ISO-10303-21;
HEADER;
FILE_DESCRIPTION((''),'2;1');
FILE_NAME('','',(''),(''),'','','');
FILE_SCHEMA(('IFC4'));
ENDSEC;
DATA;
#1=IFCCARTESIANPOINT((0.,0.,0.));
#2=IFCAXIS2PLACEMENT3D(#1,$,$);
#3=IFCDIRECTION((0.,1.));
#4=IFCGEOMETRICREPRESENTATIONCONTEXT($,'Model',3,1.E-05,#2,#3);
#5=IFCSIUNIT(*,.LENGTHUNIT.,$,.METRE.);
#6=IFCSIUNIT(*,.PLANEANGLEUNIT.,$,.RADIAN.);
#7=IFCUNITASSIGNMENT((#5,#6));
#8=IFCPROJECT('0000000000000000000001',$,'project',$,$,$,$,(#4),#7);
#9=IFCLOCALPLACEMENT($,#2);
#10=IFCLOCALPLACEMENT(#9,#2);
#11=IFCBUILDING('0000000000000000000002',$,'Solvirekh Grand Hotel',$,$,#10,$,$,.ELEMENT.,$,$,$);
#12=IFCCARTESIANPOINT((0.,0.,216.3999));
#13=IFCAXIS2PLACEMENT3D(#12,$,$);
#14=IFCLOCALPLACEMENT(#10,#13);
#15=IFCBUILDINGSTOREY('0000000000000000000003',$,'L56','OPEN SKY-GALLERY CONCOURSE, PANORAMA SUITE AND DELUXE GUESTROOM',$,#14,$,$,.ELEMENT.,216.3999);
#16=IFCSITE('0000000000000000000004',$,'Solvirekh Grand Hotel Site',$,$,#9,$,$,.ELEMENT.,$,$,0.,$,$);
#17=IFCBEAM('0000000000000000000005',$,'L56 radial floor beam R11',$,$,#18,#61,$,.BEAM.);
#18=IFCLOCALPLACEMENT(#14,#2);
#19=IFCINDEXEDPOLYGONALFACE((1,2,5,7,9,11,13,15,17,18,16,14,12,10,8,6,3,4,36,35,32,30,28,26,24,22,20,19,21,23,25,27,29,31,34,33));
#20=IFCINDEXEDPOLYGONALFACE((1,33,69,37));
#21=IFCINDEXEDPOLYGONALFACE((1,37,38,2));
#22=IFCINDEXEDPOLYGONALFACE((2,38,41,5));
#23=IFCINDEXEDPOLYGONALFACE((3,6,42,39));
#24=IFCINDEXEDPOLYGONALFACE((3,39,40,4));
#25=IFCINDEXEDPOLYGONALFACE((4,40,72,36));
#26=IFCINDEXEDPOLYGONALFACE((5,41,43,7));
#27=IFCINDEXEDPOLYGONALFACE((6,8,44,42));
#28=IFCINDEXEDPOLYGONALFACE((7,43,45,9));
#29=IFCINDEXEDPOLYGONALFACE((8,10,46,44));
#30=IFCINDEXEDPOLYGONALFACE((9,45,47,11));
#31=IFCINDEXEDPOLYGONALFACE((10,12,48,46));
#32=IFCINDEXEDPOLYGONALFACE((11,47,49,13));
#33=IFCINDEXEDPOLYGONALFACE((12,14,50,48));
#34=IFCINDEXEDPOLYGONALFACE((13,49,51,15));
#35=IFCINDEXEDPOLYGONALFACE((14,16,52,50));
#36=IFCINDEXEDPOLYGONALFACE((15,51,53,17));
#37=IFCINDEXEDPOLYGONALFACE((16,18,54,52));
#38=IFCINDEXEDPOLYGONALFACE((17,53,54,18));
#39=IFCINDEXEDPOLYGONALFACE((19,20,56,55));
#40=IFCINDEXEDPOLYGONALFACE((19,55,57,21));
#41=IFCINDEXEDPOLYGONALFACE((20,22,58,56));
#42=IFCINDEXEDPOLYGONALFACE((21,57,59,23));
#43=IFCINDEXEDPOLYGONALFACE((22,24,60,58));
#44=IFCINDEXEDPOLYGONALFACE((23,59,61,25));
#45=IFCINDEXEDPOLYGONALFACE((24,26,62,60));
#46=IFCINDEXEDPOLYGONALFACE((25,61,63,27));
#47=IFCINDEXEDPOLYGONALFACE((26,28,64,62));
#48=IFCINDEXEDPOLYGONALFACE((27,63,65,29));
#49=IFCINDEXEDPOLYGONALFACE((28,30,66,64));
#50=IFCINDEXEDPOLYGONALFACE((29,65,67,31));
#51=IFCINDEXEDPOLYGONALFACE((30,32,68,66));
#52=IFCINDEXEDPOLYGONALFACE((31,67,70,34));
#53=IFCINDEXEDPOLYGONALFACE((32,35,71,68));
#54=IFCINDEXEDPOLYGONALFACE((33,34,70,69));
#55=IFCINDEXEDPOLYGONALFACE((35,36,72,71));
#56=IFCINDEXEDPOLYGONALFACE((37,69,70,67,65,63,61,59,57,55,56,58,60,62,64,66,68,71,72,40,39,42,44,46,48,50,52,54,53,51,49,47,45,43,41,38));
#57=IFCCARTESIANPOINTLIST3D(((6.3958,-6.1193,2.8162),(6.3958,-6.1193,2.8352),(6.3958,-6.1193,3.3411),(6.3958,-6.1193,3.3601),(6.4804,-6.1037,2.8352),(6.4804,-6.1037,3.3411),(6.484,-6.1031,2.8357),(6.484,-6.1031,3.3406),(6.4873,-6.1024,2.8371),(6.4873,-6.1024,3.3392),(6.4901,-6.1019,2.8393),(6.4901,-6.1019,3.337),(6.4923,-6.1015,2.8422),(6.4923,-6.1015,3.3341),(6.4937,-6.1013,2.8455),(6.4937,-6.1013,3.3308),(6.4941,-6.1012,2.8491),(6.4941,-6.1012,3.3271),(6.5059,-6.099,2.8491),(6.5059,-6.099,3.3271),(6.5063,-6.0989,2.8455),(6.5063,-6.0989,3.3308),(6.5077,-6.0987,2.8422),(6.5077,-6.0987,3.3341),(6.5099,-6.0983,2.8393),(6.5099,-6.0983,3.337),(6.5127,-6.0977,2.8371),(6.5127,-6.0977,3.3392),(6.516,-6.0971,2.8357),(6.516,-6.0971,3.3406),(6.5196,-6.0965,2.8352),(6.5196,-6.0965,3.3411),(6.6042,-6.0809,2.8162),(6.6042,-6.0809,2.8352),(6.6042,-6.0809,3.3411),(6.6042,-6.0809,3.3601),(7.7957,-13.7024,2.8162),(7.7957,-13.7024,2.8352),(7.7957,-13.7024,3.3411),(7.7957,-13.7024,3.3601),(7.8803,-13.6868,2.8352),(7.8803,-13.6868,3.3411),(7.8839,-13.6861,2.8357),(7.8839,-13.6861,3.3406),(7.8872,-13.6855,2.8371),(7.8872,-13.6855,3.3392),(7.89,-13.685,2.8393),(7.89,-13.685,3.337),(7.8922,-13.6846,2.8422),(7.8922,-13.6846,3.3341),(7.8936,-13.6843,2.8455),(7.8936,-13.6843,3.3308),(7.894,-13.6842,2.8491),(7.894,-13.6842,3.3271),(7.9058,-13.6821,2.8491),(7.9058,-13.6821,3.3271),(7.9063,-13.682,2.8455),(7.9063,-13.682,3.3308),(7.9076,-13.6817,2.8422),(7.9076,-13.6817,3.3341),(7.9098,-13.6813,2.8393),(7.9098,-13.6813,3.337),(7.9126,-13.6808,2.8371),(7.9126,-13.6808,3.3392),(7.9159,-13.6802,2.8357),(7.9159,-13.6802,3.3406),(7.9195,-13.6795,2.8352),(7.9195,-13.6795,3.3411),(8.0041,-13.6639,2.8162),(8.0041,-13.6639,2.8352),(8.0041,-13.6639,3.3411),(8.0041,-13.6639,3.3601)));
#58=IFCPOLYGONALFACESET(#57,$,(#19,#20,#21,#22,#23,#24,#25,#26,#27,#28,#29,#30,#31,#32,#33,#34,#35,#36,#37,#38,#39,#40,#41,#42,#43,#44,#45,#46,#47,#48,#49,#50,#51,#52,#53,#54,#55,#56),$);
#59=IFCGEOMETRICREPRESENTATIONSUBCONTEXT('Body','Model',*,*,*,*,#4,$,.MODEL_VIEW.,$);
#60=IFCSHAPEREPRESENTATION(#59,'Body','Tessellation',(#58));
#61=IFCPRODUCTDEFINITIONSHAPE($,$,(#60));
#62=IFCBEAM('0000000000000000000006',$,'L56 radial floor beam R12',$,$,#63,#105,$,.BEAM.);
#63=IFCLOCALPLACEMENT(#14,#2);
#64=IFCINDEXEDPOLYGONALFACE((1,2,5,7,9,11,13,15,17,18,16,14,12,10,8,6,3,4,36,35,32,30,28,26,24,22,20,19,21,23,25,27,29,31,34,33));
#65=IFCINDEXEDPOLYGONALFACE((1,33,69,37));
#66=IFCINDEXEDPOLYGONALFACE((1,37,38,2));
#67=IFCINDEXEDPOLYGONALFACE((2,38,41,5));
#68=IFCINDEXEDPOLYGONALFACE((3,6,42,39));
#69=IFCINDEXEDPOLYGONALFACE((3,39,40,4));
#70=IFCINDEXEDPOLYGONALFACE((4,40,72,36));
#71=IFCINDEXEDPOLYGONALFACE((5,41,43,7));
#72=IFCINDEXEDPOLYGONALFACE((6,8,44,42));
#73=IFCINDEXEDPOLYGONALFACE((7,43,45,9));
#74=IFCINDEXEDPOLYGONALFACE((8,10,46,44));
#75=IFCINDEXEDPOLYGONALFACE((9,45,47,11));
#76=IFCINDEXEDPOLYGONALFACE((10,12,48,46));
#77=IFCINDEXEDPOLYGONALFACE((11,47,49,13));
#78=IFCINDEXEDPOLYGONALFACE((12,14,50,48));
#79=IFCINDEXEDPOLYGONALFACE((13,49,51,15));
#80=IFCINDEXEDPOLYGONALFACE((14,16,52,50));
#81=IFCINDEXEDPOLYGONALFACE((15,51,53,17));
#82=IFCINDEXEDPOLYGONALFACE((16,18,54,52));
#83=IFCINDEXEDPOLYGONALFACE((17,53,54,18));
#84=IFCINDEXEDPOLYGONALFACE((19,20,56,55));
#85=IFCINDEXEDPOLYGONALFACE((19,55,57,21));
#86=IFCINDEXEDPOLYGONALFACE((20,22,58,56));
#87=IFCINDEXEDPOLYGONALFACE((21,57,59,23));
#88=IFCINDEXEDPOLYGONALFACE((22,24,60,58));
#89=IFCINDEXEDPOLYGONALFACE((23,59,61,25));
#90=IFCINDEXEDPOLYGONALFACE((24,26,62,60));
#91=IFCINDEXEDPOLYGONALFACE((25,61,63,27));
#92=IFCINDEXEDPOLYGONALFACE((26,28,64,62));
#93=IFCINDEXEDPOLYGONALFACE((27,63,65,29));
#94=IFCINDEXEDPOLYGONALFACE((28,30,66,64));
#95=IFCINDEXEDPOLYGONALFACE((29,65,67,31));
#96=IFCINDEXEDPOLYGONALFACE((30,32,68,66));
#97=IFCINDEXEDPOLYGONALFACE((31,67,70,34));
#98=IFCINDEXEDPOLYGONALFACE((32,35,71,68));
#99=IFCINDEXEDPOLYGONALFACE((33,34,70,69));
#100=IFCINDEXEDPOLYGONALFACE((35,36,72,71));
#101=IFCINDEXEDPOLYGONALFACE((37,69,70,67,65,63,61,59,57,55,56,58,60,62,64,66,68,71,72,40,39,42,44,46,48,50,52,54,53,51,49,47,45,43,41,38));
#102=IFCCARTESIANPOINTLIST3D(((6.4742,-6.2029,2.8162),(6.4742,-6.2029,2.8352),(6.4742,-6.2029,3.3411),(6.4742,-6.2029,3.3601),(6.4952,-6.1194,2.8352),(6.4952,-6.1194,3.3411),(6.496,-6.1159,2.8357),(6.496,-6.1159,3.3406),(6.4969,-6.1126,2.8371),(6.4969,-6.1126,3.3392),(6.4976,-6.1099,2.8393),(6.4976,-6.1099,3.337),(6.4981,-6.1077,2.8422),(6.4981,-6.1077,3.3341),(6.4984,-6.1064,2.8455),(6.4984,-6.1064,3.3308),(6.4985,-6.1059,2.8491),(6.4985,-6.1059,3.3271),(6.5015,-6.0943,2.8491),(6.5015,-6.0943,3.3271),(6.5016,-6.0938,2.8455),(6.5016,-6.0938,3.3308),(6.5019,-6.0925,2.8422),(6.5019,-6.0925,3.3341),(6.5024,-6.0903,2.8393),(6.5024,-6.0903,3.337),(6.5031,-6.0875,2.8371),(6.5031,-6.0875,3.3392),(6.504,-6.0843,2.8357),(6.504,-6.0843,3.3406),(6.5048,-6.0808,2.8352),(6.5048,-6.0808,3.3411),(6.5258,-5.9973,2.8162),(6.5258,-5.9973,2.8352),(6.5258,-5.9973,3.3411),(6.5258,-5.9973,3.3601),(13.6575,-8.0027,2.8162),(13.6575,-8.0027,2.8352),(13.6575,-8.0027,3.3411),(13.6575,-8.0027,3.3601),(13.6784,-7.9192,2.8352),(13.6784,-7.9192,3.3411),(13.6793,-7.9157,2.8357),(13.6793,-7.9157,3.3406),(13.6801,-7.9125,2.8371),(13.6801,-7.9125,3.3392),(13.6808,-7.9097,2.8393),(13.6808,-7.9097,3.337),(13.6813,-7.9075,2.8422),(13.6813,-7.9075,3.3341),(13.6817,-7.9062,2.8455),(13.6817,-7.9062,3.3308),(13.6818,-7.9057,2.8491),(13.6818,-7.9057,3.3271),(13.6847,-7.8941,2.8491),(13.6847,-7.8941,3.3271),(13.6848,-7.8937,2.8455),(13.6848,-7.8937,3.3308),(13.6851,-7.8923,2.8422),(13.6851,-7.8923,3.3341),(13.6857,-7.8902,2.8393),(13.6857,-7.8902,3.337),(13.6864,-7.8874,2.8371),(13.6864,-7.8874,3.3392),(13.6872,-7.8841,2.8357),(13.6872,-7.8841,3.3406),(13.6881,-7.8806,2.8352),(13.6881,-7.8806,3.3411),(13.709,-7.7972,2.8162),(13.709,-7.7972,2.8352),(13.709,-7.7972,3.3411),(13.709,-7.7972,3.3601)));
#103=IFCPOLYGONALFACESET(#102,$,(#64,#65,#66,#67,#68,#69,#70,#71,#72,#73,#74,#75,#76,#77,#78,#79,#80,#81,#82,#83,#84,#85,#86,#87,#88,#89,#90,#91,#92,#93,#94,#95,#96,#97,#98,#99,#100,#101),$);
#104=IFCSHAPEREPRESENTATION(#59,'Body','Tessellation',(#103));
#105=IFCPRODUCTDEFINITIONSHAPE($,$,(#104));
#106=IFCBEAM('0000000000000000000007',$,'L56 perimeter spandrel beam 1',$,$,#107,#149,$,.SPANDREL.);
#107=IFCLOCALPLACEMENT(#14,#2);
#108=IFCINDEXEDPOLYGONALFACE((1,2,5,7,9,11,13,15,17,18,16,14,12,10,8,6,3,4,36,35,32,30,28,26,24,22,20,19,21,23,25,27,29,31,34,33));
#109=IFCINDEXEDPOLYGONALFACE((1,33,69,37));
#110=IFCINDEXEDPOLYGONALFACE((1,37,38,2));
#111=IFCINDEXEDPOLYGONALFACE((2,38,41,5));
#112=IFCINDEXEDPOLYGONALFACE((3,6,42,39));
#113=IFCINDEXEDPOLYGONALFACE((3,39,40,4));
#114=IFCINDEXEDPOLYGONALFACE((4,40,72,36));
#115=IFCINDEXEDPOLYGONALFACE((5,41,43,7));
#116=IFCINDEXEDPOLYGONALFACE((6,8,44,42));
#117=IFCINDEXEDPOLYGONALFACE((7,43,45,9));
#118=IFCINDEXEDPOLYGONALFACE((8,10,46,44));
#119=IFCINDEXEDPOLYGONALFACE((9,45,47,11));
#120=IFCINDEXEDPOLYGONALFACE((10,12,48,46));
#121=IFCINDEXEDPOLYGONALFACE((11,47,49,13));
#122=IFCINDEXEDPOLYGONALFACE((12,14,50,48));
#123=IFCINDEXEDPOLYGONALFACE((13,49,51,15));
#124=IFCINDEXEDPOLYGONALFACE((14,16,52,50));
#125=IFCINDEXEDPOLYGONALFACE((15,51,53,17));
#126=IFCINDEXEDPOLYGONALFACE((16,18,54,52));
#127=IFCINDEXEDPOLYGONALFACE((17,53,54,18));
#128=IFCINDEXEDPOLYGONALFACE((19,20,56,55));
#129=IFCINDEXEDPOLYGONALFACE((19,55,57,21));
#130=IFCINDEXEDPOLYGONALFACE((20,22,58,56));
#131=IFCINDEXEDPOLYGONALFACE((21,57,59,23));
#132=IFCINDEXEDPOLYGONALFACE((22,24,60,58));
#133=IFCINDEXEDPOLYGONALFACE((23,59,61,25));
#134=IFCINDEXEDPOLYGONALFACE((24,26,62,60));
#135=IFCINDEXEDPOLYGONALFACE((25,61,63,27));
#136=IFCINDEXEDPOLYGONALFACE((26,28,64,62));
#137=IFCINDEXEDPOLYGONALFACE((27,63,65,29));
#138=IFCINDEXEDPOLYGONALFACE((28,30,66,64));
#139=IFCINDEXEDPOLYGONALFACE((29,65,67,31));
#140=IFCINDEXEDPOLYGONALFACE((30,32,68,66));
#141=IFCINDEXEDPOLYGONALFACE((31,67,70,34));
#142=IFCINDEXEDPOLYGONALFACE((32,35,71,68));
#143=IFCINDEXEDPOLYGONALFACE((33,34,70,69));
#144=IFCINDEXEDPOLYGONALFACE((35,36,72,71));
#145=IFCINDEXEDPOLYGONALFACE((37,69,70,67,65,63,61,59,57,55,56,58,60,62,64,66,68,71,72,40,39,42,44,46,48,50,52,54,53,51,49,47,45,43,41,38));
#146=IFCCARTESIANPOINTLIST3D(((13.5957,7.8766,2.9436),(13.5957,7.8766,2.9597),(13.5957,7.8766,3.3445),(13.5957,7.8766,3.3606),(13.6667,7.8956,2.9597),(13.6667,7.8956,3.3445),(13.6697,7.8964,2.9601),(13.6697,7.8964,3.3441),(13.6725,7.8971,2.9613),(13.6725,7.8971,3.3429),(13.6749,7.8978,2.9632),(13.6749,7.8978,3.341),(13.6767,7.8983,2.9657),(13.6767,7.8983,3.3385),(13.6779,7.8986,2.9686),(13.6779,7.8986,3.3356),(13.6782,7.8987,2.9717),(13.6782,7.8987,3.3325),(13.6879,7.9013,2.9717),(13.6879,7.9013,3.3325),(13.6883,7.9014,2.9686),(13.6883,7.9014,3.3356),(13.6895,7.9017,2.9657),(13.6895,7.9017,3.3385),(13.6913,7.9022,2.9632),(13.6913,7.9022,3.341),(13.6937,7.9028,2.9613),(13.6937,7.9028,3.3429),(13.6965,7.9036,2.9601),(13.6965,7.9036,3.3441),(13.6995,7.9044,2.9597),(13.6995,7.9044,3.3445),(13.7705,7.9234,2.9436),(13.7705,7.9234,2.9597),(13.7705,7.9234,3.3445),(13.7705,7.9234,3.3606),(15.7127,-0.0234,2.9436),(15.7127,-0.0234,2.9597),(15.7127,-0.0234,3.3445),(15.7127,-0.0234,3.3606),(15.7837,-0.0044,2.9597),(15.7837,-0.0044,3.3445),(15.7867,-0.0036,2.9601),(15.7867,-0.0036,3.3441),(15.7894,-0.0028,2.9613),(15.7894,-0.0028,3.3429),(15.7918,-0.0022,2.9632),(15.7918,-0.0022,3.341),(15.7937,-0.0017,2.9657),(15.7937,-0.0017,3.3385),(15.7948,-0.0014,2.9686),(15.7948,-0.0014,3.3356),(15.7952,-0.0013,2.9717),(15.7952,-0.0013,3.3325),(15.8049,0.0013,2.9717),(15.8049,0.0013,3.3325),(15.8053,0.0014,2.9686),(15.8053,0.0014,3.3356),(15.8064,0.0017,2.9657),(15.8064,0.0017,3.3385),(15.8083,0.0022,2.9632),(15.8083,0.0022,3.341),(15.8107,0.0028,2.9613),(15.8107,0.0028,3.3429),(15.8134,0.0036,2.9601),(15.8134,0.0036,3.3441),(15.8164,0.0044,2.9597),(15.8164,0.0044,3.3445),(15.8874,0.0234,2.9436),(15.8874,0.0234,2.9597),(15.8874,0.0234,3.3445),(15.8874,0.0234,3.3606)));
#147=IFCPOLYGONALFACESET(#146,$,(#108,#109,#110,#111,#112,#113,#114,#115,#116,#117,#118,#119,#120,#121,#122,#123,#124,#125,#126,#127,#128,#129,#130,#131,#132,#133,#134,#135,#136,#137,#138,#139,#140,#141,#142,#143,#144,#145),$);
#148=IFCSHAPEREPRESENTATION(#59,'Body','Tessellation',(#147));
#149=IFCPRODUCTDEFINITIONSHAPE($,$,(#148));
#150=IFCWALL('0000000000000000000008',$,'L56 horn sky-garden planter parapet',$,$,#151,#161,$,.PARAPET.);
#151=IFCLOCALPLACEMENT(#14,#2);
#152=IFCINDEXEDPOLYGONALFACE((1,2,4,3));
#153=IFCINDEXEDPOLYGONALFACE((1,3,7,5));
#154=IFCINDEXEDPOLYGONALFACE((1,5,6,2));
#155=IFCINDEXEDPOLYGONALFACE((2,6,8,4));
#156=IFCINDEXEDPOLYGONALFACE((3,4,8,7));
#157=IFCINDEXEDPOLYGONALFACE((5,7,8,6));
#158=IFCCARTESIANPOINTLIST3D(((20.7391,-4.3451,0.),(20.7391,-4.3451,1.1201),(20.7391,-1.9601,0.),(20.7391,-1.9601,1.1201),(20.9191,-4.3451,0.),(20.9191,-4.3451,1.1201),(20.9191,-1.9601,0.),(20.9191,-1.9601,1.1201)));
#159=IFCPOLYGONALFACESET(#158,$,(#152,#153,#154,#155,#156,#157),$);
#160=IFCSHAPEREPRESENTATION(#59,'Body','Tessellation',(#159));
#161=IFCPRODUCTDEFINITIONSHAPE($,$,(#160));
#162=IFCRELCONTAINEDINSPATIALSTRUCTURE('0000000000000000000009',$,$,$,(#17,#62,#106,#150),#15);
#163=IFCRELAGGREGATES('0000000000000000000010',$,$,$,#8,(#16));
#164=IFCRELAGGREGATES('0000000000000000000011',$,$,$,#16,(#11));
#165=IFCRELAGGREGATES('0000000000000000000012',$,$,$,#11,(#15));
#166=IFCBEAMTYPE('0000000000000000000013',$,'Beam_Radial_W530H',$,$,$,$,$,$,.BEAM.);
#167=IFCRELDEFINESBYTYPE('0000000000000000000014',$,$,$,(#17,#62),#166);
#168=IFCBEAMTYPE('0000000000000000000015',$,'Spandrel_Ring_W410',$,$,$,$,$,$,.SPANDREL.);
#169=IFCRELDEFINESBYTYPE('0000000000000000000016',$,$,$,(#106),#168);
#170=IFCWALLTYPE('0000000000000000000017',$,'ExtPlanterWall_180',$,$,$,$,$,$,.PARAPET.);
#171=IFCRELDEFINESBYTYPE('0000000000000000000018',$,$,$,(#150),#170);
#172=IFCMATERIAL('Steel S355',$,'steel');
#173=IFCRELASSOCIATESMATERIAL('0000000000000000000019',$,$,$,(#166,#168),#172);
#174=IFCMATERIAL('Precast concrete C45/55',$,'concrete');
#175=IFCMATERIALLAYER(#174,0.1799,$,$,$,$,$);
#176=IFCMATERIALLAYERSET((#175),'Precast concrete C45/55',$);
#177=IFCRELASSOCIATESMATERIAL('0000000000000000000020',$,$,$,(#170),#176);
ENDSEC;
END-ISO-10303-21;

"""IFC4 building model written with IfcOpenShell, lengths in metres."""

from ifc_helpers import new_model, si_unit, direction, frame, frame_2d, origin, origin_2d, place, context, subcontext, project, spatial, rectangle, i_section, extrude, material, layer, layer_set, material_profile, profile_set, type_object, element, save


model = new_model("IFC4")

# Units and contexts
model_context = context("Model", 3, precision=1e-05, world=origin(), true_north=direction((0.0, 1.0)))
body_context = subcontext(model_context, "Body", "Model", "MODEL_VIEW")
ifc_project = project(units=[si_unit("LENGTHUNIT", "METRE"), si_unit("PLANEANGLEUNIT", "RADIAN")], contexts=[model_context])

# Site, building, storey
site_placement = place(None, origin())
site = spatial("IfcSite", under=ifc_project, at=site_placement, Name="Solvirekh Grand Hotel Site", CompositionType="ELEMENT", RefElevation=0.0)
building_placement = place(site_placement, origin())
building = spatial("IfcBuilding", under=site, at=building_placement, Name="Solvirekh Grand Hotel", CompositionType="ELEMENT")
storey_placement = place(building_placement, frame((0.0, 0.0, 216.3999)))
storey = spatial("IfcBuildingStorey", under=building, at=storey_placement, Name="L56", Description="OPEN SKY-GALLERY CONCOURSE, PANORAMA SUITE AND DELUXE GUESTROOM", CompositionType="ELEMENT", Elevation=216.3999)

# Beams
ifc_material_1 = material(Name="Steel S355", Category="steel")
ifc_material_profile_1 = material_profile(ifc_material_1, i_section(OverallWidth=0.2119, OverallDepth=0.5439, WebThickness=0.012, FlangeThickness=0.019, FilletRadius=0.0139, at=origin_2d()), Name="W530X123")
ifc_profile_set_1 = profile_set([ifc_material_profile_1], Name="Steel S355")
beam_type_1 = type_object("IfcBeamType", Name="Beam_Radial_W530H", PredefinedType="BEAM", material=ifc_profile_set_1)
beam_1_placement = place(storey_placement, frame((6.5, -6.1001, 3.0881), z_axis=(0.181543, -0.983383, 0.0), x_axis=(0.983383, 0.181543, 0.0)))
element("IfcBeam", 1, at=beam_1_placement, inside=storey, type_object=beam_type_1, Name="L56 radial floor beam R11", PredefinedType="BEAM", context=body_context, shape_type="SweptSolid", body=[
    extrude(i_section(OverallWidth=0.2119, OverallDepth=0.5439, WebThickness=0.012, FlangeThickness=0.019, FilletRadius=0.0139, at=origin_2d()), origin(), (0.0, 0.0, 1.0), 7.7112),
])
beam_2_placement = place(storey_placement, frame((6.5, -6.1001, 3.0881), z_axis=(0.970014, -0.243048, 0.0), x_axis=(0.243048, 0.970014, 0.0)))
element("IfcBeam", 2, at=beam_2_placement, inside=storey, type_object=beam_type_1, Name="L56 radial floor beam R12", PredefinedType="BEAM", context=body_context, shape_type="SweptSolid", body=[
    extrude(i_section(OverallWidth=0.2119, OverallDepth=0.5439, WebThickness=0.012, FlangeThickness=0.019, FilletRadius=0.0139, at=origin_2d()), origin(), (0.0, 0.0, 1.0), 7.4053),
])
ifc_material_profile_2 = material_profile(ifc_material_1, i_section(OverallWidth=0.1809, OverallDepth=0.417, WebThickness=0.01, FlangeThickness=0.0161, FilletRadius=0.012, at=origin_2d()), Name="W410X85")
ifc_profile_set_2 = profile_set([ifc_material_profile_2], Name="Steel S355")
beam_type_2 = type_object("IfcBeamType", Name="Spandrel_Ring_W410", PredefinedType="SPANDREL", material=ifc_profile_set_2)
beam_3_placement = place(storey_placement, frame((15.8, 0.0, 3.1521), z_axis=(-0.258839, 0.965921, 0.0), x_axis=(-0.965921, -0.258839, 0.0)))
element("IfcBeam", 3, at=beam_3_placement, inside=storey, type_object=beam_type_2, Name="L56 perimeter spandrel beam 1", PredefinedType="SPANDREL", context=body_context, shape_type="SweptSolid", body=[
    extrude(i_section(OverallWidth=0.1809, OverallDepth=0.417, WebThickness=0.01, FlangeThickness=0.0161, FilletRadius=0.012, at=origin_2d()), origin(), (0.0, 0.0, 1.0), 8.1787),
])

# Wall
ifc_material_2 = material(Name="Precast concrete C45/55", Category="concrete")
ifc_layer_1 = layer(ifc_material_2, 0.1799)
ifc_layer_set_1 = layer_set([ifc_layer_1], Name="Precast concrete C45/55")
wall_type_1 = type_object("IfcWallType", Name="ExtPlanterWall_180", PredefinedType="PARAPET", material=ifc_layer_set_1)
wall_1_placement = place(storey_placement, frame((20.8291, -4.345, 0.0), z_axis=(0.0, 0.0, 1.0), x_axis=(0.0, 1.0, 0.0)))
element("IfcWall", 4, at=wall_1_placement, inside=storey, type_object=wall_type_1, Name="L56 horn sky-garden planter parapet", PredefinedType="PARAPET", context=body_context, shape_type="SweptSolid", body=[
    extrude(rectangle(XDim=2.385, YDim=0.1799, at=frame_2d((1.1924, 0.0))), origin(), (0.0, 0.0, 1.0), 1.1201),
])

save(model, "model.ifc")
